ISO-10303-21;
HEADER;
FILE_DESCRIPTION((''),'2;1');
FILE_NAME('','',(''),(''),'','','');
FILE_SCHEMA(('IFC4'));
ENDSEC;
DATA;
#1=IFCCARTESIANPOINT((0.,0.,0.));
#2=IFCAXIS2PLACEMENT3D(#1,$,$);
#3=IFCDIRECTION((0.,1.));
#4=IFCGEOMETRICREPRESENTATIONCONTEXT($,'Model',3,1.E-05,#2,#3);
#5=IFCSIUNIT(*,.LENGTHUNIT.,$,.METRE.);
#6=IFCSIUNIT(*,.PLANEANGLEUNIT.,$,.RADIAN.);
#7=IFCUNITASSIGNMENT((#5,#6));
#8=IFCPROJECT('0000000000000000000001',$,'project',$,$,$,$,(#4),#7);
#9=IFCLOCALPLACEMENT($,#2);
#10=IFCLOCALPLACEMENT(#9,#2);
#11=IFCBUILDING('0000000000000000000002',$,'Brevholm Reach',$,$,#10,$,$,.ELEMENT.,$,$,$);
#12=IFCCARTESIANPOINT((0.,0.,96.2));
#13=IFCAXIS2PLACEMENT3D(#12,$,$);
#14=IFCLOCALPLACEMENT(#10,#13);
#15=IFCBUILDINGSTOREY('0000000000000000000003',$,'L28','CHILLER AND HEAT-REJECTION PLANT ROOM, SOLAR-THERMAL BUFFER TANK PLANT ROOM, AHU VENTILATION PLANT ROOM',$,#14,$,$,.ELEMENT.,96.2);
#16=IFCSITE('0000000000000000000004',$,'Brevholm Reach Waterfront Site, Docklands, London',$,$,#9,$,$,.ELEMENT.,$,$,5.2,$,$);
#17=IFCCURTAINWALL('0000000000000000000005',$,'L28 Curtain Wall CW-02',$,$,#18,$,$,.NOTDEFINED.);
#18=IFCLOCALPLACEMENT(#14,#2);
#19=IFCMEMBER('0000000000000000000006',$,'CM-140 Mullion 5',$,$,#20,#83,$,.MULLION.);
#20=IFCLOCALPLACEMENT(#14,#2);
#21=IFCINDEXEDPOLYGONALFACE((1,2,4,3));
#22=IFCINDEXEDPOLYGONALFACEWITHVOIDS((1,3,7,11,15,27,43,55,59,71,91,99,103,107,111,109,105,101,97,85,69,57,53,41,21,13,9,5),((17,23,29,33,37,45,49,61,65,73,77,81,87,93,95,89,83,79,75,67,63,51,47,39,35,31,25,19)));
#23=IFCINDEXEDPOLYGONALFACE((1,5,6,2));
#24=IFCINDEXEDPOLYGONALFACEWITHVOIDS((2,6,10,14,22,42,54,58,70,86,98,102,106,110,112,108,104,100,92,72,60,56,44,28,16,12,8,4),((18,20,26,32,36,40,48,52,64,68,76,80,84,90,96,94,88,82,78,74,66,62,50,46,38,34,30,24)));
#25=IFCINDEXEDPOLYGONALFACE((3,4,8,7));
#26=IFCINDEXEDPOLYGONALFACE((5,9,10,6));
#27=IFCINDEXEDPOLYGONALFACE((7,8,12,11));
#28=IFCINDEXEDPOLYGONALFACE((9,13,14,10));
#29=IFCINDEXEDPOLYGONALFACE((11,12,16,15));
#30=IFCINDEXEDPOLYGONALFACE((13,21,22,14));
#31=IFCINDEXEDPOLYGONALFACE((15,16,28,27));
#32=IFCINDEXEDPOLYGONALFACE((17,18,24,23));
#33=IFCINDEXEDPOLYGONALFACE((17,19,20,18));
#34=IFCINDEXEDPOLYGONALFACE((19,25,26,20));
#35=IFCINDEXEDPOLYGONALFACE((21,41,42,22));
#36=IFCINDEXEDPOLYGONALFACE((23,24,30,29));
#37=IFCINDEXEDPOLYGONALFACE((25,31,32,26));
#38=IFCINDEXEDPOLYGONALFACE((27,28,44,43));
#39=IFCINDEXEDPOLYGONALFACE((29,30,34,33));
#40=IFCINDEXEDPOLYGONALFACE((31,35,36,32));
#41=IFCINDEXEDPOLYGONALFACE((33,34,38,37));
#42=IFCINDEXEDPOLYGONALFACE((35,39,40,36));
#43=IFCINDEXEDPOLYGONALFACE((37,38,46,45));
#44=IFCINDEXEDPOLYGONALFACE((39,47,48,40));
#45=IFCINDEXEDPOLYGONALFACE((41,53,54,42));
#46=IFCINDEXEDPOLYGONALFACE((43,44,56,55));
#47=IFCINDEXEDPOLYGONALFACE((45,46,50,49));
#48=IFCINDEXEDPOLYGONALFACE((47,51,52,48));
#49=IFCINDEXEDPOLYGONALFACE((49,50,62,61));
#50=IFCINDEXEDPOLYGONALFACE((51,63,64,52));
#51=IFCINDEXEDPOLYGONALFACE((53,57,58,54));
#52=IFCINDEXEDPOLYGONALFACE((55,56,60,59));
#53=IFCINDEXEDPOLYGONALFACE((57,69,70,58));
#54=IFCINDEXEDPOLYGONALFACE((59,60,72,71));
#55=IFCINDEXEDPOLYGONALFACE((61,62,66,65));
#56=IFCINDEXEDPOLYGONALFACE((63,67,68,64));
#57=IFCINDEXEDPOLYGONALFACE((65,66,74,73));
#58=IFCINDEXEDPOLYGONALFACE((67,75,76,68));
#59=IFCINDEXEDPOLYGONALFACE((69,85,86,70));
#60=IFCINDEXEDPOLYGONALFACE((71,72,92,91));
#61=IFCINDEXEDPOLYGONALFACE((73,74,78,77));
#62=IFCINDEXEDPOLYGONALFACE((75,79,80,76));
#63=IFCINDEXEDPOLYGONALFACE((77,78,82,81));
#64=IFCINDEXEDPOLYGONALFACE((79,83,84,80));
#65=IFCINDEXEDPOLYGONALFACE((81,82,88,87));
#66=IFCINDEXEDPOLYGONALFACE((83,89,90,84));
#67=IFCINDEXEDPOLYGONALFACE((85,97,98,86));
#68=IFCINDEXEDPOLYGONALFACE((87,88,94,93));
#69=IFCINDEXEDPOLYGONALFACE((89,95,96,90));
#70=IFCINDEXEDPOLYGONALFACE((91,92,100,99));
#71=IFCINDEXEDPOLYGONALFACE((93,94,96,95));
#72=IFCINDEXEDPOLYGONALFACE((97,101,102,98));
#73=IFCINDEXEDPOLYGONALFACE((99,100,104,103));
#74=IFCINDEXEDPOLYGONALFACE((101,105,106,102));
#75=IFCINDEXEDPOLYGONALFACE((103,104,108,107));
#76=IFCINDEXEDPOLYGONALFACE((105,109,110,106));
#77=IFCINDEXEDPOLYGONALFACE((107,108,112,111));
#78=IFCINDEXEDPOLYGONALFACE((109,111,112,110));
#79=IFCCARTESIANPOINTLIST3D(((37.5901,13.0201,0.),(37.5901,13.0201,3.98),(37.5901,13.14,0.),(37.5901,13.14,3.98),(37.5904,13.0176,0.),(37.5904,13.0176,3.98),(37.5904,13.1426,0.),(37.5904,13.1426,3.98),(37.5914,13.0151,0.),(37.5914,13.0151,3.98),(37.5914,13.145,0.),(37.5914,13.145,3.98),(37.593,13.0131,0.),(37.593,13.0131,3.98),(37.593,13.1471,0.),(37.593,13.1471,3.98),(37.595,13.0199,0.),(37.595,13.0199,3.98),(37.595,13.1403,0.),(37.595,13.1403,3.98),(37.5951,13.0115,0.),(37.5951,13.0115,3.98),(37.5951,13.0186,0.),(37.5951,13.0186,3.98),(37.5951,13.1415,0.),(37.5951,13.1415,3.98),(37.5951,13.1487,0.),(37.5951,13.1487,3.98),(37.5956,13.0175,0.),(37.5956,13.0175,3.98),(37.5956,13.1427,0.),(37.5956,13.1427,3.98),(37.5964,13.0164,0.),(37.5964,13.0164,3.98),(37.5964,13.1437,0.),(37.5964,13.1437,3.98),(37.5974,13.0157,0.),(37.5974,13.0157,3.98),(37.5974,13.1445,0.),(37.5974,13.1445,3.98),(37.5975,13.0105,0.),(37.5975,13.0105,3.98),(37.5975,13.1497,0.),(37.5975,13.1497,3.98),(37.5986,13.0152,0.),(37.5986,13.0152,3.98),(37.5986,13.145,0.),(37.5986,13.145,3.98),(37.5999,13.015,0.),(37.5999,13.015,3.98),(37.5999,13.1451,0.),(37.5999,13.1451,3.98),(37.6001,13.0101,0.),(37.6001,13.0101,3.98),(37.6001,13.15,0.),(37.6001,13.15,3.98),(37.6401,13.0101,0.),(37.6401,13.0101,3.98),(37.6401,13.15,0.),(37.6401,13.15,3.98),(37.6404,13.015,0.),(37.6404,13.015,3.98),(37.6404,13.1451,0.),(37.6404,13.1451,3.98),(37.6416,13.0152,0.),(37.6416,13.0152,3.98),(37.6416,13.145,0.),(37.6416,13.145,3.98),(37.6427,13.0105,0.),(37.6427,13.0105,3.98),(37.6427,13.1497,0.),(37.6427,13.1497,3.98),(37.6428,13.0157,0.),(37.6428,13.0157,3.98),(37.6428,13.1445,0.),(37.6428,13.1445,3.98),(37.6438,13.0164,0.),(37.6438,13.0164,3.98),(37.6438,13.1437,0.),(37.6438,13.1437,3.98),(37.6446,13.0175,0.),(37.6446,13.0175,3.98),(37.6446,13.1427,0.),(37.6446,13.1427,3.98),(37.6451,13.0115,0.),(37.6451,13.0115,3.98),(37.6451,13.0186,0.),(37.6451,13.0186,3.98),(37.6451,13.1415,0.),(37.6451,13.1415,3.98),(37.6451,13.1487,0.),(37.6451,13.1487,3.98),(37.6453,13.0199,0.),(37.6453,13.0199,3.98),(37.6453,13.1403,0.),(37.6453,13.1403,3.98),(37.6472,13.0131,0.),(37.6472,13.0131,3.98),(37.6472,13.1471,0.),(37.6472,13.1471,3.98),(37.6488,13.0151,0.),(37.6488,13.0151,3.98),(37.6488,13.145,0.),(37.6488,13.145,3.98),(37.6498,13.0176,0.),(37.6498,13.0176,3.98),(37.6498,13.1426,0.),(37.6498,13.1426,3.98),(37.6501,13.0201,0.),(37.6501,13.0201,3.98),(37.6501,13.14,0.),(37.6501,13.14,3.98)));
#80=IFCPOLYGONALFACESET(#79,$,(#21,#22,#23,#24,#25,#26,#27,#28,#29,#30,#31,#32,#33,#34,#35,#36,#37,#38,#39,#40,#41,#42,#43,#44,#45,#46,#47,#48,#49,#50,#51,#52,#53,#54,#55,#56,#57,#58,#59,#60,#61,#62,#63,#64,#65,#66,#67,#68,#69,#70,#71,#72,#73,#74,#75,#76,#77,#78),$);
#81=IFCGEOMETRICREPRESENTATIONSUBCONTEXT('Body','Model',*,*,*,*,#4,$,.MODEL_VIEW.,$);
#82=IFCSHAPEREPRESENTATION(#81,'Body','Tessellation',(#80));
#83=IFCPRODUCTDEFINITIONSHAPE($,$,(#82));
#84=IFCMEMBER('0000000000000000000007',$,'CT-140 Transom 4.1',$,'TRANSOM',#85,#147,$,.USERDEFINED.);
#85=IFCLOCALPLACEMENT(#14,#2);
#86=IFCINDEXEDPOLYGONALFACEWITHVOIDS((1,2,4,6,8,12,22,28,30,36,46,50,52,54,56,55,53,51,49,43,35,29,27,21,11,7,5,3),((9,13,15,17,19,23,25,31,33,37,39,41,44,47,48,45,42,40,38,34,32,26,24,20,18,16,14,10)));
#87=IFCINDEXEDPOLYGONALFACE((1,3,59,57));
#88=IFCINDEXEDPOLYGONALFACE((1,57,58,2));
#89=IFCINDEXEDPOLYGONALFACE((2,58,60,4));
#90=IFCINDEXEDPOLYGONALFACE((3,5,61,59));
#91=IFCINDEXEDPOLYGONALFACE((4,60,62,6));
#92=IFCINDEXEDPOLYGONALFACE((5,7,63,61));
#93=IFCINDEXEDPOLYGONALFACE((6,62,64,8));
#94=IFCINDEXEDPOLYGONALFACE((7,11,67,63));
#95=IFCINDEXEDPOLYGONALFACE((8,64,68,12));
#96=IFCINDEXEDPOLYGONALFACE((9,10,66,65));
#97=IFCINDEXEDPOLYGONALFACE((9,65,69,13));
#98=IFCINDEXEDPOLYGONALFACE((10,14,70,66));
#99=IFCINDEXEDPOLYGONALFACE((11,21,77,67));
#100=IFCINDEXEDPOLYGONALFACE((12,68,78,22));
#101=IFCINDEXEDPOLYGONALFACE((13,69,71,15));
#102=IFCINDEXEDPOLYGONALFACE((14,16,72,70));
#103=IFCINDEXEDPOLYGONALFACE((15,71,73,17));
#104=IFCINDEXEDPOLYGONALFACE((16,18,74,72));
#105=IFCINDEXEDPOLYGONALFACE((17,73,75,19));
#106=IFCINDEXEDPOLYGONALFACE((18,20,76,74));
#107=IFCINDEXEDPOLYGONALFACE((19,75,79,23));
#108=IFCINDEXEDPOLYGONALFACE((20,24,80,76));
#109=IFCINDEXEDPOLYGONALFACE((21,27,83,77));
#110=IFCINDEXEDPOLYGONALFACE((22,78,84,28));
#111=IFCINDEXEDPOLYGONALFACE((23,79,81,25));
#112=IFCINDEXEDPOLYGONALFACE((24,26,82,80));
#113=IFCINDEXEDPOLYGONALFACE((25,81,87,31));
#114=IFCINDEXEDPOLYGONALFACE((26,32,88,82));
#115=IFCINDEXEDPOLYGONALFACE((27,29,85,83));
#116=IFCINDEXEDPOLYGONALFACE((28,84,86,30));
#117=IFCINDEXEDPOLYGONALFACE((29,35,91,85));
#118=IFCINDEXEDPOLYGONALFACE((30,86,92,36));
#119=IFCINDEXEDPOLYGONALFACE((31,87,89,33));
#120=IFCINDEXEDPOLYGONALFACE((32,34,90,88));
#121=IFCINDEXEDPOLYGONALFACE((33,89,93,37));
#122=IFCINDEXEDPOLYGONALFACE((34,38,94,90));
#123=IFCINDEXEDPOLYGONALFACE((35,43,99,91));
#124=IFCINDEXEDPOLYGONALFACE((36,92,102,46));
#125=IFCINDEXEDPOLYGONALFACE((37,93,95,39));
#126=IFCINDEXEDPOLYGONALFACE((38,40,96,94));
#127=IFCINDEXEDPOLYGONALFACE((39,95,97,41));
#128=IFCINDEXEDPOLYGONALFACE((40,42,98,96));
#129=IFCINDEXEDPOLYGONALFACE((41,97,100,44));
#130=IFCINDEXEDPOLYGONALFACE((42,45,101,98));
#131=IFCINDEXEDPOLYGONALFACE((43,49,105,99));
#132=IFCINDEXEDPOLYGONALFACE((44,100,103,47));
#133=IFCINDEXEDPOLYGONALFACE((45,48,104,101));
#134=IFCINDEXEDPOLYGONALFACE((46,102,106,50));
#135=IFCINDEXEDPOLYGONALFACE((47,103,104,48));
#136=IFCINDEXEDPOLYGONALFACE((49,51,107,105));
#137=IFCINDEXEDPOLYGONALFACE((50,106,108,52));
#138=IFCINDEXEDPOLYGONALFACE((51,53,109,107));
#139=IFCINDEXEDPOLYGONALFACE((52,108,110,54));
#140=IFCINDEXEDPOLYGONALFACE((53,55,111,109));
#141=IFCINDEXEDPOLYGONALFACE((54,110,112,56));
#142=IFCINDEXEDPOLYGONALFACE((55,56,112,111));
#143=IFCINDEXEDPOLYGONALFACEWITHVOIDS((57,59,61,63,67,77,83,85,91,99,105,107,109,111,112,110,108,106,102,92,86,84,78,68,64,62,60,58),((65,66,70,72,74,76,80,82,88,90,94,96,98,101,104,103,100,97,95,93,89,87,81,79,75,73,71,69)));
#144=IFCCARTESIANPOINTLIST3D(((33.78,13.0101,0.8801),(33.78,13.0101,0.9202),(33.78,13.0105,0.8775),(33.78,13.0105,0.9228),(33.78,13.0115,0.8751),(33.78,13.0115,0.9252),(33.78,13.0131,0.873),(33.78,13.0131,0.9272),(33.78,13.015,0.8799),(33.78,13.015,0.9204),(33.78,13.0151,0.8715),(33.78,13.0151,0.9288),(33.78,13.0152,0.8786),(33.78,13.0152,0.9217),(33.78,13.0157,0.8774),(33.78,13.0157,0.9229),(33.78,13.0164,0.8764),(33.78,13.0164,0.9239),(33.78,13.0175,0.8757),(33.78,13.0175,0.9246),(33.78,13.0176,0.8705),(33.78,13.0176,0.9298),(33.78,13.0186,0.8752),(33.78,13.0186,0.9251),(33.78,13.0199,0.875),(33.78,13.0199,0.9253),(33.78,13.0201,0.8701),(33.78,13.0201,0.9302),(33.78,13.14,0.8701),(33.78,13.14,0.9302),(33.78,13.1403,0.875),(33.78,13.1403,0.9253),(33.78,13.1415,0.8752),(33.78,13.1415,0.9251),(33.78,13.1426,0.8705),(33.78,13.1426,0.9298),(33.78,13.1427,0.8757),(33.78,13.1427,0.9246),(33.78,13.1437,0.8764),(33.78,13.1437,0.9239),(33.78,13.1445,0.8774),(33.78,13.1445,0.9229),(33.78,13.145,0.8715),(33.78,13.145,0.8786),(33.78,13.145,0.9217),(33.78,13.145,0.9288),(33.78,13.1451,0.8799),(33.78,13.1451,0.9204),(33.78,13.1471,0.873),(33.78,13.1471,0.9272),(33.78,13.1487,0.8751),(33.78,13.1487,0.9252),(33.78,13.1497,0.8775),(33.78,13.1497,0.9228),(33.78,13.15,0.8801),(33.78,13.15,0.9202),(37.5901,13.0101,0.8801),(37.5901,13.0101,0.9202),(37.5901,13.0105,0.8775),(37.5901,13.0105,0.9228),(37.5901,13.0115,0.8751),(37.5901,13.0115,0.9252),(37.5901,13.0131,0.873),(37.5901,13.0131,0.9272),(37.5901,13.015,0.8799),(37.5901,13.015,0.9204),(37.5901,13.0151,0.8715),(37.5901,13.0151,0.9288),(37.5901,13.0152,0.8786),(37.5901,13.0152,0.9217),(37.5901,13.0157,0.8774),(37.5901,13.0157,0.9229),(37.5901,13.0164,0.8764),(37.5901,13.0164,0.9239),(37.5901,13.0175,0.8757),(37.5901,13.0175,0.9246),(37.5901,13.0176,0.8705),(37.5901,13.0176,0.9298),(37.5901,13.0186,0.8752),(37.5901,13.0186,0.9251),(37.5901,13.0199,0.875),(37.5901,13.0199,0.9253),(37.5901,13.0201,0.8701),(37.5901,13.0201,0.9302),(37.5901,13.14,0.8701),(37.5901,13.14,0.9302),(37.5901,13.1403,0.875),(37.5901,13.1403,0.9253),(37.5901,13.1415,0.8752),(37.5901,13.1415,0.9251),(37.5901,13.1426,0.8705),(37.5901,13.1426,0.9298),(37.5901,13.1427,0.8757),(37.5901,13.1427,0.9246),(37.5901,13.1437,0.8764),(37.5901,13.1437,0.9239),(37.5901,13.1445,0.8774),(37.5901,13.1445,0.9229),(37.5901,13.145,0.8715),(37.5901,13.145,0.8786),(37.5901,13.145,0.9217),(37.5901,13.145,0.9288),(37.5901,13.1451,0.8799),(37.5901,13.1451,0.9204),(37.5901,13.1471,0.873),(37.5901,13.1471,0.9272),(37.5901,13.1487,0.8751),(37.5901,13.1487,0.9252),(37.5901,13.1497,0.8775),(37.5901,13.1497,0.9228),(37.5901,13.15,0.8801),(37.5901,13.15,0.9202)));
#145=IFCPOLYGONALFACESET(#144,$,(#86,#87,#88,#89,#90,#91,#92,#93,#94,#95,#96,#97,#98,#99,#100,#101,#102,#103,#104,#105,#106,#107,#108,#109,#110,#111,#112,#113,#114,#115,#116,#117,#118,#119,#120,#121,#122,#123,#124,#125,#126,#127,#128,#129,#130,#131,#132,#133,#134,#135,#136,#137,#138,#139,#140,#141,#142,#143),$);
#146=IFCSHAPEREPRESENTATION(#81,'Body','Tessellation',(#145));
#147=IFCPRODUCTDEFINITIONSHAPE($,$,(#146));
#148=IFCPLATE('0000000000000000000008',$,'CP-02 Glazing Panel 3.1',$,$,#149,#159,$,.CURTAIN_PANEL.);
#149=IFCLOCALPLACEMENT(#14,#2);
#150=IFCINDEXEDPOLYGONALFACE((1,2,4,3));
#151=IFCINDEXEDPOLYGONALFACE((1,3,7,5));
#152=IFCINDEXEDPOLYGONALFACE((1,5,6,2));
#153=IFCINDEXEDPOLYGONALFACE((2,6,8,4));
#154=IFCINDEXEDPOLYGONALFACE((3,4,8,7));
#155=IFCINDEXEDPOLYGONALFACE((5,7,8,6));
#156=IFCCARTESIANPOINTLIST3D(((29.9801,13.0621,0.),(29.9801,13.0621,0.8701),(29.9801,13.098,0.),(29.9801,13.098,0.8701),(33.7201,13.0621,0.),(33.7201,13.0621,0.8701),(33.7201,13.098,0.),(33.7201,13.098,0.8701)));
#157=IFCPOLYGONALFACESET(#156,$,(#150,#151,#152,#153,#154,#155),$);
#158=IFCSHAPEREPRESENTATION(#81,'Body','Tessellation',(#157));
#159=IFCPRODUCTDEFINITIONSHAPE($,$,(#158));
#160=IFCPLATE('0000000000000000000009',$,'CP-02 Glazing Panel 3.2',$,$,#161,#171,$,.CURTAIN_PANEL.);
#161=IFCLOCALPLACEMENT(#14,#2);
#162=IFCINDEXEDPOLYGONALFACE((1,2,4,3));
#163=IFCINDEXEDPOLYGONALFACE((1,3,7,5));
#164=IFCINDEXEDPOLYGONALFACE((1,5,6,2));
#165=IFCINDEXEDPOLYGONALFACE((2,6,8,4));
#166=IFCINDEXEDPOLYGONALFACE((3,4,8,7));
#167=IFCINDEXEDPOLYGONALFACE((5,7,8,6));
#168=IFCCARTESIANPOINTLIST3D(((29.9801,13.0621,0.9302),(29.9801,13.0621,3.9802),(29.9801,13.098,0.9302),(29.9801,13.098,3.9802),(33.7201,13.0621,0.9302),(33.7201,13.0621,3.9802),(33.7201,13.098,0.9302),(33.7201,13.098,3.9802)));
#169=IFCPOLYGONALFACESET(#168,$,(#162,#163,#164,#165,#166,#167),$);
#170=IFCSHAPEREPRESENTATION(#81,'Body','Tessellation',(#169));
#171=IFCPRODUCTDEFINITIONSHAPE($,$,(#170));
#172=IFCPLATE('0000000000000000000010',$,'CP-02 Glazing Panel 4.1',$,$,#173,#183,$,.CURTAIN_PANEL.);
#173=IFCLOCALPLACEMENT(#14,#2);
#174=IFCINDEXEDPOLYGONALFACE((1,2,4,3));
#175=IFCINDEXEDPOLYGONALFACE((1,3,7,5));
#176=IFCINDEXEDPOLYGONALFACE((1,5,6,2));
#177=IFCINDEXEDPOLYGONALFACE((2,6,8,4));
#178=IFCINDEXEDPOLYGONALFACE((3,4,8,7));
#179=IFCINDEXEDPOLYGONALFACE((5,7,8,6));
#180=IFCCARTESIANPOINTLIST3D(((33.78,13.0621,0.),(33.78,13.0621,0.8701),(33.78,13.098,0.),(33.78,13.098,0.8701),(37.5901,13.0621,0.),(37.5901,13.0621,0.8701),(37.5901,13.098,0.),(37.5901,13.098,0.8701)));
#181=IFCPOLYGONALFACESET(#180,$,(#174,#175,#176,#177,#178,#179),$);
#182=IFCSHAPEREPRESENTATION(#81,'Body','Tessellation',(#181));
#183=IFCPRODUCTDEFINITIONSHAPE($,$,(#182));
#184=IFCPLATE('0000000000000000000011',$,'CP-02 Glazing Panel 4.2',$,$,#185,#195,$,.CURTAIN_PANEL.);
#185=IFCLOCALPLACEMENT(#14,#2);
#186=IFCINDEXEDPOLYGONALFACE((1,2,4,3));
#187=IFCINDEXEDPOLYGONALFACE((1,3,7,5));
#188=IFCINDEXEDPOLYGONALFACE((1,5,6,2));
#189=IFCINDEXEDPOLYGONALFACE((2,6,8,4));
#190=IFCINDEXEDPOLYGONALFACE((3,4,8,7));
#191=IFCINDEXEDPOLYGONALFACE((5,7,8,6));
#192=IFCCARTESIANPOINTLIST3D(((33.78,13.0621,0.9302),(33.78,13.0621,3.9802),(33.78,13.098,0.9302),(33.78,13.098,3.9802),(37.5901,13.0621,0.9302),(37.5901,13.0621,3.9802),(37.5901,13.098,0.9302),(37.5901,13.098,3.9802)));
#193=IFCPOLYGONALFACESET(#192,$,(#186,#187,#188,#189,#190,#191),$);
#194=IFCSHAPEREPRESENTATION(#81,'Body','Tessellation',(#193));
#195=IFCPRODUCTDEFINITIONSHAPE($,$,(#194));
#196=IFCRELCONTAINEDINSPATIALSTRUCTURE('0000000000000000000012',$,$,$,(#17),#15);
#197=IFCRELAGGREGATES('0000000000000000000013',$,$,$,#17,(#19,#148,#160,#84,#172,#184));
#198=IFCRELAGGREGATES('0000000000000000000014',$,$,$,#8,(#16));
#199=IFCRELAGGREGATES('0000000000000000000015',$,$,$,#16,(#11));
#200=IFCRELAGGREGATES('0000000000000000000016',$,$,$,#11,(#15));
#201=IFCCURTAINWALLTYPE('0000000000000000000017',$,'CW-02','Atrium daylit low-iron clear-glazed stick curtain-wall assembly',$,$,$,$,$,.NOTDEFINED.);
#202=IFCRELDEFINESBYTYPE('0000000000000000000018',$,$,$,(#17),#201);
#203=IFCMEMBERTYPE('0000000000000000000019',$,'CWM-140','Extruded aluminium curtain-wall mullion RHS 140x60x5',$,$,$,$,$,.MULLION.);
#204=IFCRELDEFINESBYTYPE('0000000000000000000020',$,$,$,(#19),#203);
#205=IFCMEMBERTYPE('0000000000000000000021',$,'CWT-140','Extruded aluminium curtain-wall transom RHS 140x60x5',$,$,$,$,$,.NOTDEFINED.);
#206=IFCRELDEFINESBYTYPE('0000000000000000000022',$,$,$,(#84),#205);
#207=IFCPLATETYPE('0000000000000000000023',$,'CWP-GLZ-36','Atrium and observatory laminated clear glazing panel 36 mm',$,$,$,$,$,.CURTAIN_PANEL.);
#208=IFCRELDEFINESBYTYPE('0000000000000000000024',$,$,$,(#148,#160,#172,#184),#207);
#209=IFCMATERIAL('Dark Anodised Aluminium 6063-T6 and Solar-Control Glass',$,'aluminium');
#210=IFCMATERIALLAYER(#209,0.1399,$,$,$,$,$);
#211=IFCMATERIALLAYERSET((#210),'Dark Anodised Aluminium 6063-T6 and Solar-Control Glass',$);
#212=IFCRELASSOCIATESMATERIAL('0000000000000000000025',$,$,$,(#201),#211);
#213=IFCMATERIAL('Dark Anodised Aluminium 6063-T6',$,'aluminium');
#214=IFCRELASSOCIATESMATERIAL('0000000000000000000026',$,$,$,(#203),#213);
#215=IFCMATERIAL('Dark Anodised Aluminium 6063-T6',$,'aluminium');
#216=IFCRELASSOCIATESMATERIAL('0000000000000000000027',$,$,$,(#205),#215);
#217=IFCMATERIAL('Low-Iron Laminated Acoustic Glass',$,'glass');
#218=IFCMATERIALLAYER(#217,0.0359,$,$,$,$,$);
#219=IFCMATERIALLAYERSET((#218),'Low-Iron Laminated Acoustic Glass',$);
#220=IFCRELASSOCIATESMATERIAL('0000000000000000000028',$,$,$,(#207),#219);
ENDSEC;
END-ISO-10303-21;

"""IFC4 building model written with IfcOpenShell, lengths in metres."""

from ifc_helpers import new_model, si_unit, direction, frame, origin, origin_2d, place, context, subcontext, project, spatial, rectangle, hollow_rectangle, extrude, material, layer, layer_set, material_profile, profile_set, type_object, element, aggregate, save


model = new_model("IFC4")

# Units and contexts
model_context = context("Model", 3, precision=1e-05, world=origin(), true_north=direction((0.0, 1.0)))
body_context = subcontext(model_context, "Body", "Model", "MODEL_VIEW")
ifc_project = project(units=[si_unit("LENGTHUNIT", "METRE"), si_unit("PLANEANGLEUNIT", "RADIAN")], contexts=[model_context])

# Site, building, storey
site_placement = place(None, origin())
site = spatial("IfcSite", under=ifc_project, at=site_placement, Name="Brevholm Reach Waterfront Site, Docklands, London", CompositionType="ELEMENT", RefElevation=5.2)
building_placement = place(site_placement, origin())
building = spatial("IfcBuilding", under=site, at=building_placement, Name="Brevholm Reach", CompositionType="ELEMENT")
storey_placement = place(building_placement, frame((0.0, 0.0, 96.2)))
storey = spatial("IfcBuildingStorey", under=building, at=storey_placement, Name="L28", Description="CHILLER AND HEAT-REJECTION PLANT ROOM, SOLAR-THERMAL BUFFER TANK PLANT ROOM, AHU VENTILATION PLANT ROOM", CompositionType="ELEMENT", Elevation=96.2)

# Curtain wall, members, plates
ifc_material_1 = material(Name="Dark Anodised Aluminium 6063-T6 and Solar-Control Glass", Category="aluminium")
ifc_layer_1 = layer(ifc_material_1, 0.1399)
ifc_layer_set_1 = layer_set([ifc_layer_1], Name="Dark Anodised Aluminium 6063-T6 and Solar-Control Glass")
curtain_wall_type = type_object("IfcCurtainWallType", Name="CW-02", Description="Atrium daylit low-iron clear-glazed stick curtain-wall assembly", PredefinedType="NOTDEFINED", material=ifc_layer_set_1)
curtain_wall_placement = place(storey_placement, origin())
curtain_wall = element("IfcCurtainWall", 1, at=curtain_wall_placement, inside=storey, type_object=curtain_wall_type, Name="L28 Curtain Wall CW-02", PredefinedType="NOTDEFINED")
ifc_material_2 = material(Name="Dark Anodised Aluminium 6063-T6", Category="aluminium")
ifc_material_profile_1 = material_profile(ifc_material_2, hollow_rectangle(XDim=0.0601, YDim=0.1399, WallThickness=0.0049, InnerFilletRadius=0.0049, OuterFilletRadius=0.01, at=origin_2d()), Name="RHS 140x60x5")
ifc_profile_set_1 = profile_set([ifc_material_profile_1], Name="Dark Anodised Aluminium 6063-T6")
member_type_1 = type_object("IfcMemberType", Name="CWM-140", Description="Extruded aluminium curtain-wall mullion RHS 140x60x5", PredefinedType="MULLION", material=ifc_profile_set_1)
member_1_placement = place(storey_placement, frame((37.6201, 13.0801, 0.0), z_axis=(0.0, 0.0, 1.0), x_axis=(1.0, 0.0, 0.0)))
member_1 = element("IfcMember", 2, at=member_1_placement, type_object=member_type_1, Name="CM-140 Mullion 5", PredefinedType="MULLION", context=body_context, shape_type="SweptSolid", body=[
    extrude(hollow_rectangle(XDim=0.0601, YDim=0.1399, WallThickness=0.0049, InnerFilletRadius=0.0049, OuterFilletRadius=0.01, at=origin_2d()), origin(), (0.0, 0.0, 1.0), 3.98),
])
ifc_material_3 = material(Name="Dark Anodised Aluminium 6063-T6", Category="aluminium")
ifc_material_profile_2 = material_profile(ifc_material_3, hollow_rectangle(XDim=0.0601, YDim=0.1399, WallThickness=0.0049, InnerFilletRadius=0.0049, OuterFilletRadius=0.01, at=origin_2d()), Name="RHS 140x60x5")
ifc_profile_set_2 = profile_set([ifc_material_profile_2], Name="Dark Anodised Aluminium 6063-T6")
member_type_2 = type_object("IfcMemberType", Name="CWT-140", Description="Extruded aluminium curtain-wall transom RHS 140x60x5", PredefinedType="NOTDEFINED", material=ifc_profile_set_2)
member_2_placement = place(storey_placement, frame((33.78, 13.0801, 0.9001), z_axis=(1.0, 0.0, 0.0), x_axis=(0.0, 0.0, 1.0)))
member_2 = element("IfcMember", 3, at=member_2_placement, type_object=member_type_2, Name="CT-140 Transom 4.1", ObjectType="TRANSOM", PredefinedType="USERDEFINED", context=body_context, shape_type="SweptSolid", body=[
    extrude(hollow_rectangle(XDim=0.0601, YDim=0.1399, WallThickness=0.0049, InnerFilletRadius=0.0049, OuterFilletRadius=0.01, at=origin_2d()), origin(), (0.0, 0.0, 1.0), 3.8101),
])
ifc_material_4 = material(Name="Low-Iron Laminated Acoustic Glass", Category="glass")
ifc_layer_2 = layer(ifc_material_4, 0.0359)
ifc_layer_set_2 = layer_set([ifc_layer_2], Name="Low-Iron Laminated Acoustic Glass")
plate_type = type_object("IfcPlateType", Name="CWP-GLZ-36", Description="Atrium and observatory laminated clear glazing panel 36 mm", PredefinedType="CURTAIN_PANEL", material=ifc_layer_set_2)
plate_1_placement = place(storey_placement, frame((31.8501, 13.0801, 0.0), z_axis=(0.0, 0.0, 1.0), x_axis=(1.0, 0.0, 0.0)))
plate_1 = element("IfcPlate", 4, at=plate_1_placement, type_object=plate_type, Name="CP-02 Glazing Panel 3.1", PredefinedType="CURTAIN_PANEL", context=body_context, shape_type="SweptSolid", body=[
    extrude(rectangle(XDim=3.74, YDim=0.0359, at=origin_2d()), origin(), (0.0, 0.0, 1.0), 0.8701),
])
plate_2_placement = place(storey_placement, frame((31.8501, 13.0801, 0.9302), z_axis=(0.0, 0.0, 1.0), x_axis=(1.0, 0.0, 0.0)))
plate_2 = element("IfcPlate", 5, at=plate_2_placement, type_object=plate_type, Name="CP-02 Glazing Panel 3.2", PredefinedType="CURTAIN_PANEL", context=body_context, shape_type="SweptSolid", body=[
    extrude(rectangle(XDim=3.74, YDim=0.0359, at=origin_2d()), origin(), (0.0, 0.0, 1.0), 3.05),
])
plate_3_placement = place(storey_placement, frame((35.6851, 13.0801, 0.0), z_axis=(0.0, 0.0, 1.0), x_axis=(1.0, 0.0, 0.0)))
plate_3 = element("IfcPlate", 6, at=plate_3_placement, type_object=plate_type, Name="CP-02 Glazing Panel 4.1", PredefinedType="CURTAIN_PANEL", context=body_context, shape_type="SweptSolid", body=[
    extrude(rectangle(XDim=3.8101, YDim=0.0359, at=origin_2d()), origin(), (0.0, 0.0, 1.0), 0.8701),
])
plate_4_placement = place(storey_placement, frame((35.6851, 13.0801, 0.9302), z_axis=(0.0, 0.0, 1.0), x_axis=(1.0, 0.0, 0.0)))
plate_4 = element("IfcPlate", 7, at=plate_4_placement, type_object=plate_type, Name="CP-02 Glazing Panel 4.2", PredefinedType="CURTAIN_PANEL", context=body_context, shape_type="SweptSolid", body=[
    extrude(rectangle(XDim=3.8101, YDim=0.0359, at=origin_2d()), origin(), (0.0, 0.0, 1.0), 3.05),
])
aggregate(curtain_wall, [member_1, plate_1, plate_2, member_2, plate_3, plate_4])

save(model, "model.ifc")
